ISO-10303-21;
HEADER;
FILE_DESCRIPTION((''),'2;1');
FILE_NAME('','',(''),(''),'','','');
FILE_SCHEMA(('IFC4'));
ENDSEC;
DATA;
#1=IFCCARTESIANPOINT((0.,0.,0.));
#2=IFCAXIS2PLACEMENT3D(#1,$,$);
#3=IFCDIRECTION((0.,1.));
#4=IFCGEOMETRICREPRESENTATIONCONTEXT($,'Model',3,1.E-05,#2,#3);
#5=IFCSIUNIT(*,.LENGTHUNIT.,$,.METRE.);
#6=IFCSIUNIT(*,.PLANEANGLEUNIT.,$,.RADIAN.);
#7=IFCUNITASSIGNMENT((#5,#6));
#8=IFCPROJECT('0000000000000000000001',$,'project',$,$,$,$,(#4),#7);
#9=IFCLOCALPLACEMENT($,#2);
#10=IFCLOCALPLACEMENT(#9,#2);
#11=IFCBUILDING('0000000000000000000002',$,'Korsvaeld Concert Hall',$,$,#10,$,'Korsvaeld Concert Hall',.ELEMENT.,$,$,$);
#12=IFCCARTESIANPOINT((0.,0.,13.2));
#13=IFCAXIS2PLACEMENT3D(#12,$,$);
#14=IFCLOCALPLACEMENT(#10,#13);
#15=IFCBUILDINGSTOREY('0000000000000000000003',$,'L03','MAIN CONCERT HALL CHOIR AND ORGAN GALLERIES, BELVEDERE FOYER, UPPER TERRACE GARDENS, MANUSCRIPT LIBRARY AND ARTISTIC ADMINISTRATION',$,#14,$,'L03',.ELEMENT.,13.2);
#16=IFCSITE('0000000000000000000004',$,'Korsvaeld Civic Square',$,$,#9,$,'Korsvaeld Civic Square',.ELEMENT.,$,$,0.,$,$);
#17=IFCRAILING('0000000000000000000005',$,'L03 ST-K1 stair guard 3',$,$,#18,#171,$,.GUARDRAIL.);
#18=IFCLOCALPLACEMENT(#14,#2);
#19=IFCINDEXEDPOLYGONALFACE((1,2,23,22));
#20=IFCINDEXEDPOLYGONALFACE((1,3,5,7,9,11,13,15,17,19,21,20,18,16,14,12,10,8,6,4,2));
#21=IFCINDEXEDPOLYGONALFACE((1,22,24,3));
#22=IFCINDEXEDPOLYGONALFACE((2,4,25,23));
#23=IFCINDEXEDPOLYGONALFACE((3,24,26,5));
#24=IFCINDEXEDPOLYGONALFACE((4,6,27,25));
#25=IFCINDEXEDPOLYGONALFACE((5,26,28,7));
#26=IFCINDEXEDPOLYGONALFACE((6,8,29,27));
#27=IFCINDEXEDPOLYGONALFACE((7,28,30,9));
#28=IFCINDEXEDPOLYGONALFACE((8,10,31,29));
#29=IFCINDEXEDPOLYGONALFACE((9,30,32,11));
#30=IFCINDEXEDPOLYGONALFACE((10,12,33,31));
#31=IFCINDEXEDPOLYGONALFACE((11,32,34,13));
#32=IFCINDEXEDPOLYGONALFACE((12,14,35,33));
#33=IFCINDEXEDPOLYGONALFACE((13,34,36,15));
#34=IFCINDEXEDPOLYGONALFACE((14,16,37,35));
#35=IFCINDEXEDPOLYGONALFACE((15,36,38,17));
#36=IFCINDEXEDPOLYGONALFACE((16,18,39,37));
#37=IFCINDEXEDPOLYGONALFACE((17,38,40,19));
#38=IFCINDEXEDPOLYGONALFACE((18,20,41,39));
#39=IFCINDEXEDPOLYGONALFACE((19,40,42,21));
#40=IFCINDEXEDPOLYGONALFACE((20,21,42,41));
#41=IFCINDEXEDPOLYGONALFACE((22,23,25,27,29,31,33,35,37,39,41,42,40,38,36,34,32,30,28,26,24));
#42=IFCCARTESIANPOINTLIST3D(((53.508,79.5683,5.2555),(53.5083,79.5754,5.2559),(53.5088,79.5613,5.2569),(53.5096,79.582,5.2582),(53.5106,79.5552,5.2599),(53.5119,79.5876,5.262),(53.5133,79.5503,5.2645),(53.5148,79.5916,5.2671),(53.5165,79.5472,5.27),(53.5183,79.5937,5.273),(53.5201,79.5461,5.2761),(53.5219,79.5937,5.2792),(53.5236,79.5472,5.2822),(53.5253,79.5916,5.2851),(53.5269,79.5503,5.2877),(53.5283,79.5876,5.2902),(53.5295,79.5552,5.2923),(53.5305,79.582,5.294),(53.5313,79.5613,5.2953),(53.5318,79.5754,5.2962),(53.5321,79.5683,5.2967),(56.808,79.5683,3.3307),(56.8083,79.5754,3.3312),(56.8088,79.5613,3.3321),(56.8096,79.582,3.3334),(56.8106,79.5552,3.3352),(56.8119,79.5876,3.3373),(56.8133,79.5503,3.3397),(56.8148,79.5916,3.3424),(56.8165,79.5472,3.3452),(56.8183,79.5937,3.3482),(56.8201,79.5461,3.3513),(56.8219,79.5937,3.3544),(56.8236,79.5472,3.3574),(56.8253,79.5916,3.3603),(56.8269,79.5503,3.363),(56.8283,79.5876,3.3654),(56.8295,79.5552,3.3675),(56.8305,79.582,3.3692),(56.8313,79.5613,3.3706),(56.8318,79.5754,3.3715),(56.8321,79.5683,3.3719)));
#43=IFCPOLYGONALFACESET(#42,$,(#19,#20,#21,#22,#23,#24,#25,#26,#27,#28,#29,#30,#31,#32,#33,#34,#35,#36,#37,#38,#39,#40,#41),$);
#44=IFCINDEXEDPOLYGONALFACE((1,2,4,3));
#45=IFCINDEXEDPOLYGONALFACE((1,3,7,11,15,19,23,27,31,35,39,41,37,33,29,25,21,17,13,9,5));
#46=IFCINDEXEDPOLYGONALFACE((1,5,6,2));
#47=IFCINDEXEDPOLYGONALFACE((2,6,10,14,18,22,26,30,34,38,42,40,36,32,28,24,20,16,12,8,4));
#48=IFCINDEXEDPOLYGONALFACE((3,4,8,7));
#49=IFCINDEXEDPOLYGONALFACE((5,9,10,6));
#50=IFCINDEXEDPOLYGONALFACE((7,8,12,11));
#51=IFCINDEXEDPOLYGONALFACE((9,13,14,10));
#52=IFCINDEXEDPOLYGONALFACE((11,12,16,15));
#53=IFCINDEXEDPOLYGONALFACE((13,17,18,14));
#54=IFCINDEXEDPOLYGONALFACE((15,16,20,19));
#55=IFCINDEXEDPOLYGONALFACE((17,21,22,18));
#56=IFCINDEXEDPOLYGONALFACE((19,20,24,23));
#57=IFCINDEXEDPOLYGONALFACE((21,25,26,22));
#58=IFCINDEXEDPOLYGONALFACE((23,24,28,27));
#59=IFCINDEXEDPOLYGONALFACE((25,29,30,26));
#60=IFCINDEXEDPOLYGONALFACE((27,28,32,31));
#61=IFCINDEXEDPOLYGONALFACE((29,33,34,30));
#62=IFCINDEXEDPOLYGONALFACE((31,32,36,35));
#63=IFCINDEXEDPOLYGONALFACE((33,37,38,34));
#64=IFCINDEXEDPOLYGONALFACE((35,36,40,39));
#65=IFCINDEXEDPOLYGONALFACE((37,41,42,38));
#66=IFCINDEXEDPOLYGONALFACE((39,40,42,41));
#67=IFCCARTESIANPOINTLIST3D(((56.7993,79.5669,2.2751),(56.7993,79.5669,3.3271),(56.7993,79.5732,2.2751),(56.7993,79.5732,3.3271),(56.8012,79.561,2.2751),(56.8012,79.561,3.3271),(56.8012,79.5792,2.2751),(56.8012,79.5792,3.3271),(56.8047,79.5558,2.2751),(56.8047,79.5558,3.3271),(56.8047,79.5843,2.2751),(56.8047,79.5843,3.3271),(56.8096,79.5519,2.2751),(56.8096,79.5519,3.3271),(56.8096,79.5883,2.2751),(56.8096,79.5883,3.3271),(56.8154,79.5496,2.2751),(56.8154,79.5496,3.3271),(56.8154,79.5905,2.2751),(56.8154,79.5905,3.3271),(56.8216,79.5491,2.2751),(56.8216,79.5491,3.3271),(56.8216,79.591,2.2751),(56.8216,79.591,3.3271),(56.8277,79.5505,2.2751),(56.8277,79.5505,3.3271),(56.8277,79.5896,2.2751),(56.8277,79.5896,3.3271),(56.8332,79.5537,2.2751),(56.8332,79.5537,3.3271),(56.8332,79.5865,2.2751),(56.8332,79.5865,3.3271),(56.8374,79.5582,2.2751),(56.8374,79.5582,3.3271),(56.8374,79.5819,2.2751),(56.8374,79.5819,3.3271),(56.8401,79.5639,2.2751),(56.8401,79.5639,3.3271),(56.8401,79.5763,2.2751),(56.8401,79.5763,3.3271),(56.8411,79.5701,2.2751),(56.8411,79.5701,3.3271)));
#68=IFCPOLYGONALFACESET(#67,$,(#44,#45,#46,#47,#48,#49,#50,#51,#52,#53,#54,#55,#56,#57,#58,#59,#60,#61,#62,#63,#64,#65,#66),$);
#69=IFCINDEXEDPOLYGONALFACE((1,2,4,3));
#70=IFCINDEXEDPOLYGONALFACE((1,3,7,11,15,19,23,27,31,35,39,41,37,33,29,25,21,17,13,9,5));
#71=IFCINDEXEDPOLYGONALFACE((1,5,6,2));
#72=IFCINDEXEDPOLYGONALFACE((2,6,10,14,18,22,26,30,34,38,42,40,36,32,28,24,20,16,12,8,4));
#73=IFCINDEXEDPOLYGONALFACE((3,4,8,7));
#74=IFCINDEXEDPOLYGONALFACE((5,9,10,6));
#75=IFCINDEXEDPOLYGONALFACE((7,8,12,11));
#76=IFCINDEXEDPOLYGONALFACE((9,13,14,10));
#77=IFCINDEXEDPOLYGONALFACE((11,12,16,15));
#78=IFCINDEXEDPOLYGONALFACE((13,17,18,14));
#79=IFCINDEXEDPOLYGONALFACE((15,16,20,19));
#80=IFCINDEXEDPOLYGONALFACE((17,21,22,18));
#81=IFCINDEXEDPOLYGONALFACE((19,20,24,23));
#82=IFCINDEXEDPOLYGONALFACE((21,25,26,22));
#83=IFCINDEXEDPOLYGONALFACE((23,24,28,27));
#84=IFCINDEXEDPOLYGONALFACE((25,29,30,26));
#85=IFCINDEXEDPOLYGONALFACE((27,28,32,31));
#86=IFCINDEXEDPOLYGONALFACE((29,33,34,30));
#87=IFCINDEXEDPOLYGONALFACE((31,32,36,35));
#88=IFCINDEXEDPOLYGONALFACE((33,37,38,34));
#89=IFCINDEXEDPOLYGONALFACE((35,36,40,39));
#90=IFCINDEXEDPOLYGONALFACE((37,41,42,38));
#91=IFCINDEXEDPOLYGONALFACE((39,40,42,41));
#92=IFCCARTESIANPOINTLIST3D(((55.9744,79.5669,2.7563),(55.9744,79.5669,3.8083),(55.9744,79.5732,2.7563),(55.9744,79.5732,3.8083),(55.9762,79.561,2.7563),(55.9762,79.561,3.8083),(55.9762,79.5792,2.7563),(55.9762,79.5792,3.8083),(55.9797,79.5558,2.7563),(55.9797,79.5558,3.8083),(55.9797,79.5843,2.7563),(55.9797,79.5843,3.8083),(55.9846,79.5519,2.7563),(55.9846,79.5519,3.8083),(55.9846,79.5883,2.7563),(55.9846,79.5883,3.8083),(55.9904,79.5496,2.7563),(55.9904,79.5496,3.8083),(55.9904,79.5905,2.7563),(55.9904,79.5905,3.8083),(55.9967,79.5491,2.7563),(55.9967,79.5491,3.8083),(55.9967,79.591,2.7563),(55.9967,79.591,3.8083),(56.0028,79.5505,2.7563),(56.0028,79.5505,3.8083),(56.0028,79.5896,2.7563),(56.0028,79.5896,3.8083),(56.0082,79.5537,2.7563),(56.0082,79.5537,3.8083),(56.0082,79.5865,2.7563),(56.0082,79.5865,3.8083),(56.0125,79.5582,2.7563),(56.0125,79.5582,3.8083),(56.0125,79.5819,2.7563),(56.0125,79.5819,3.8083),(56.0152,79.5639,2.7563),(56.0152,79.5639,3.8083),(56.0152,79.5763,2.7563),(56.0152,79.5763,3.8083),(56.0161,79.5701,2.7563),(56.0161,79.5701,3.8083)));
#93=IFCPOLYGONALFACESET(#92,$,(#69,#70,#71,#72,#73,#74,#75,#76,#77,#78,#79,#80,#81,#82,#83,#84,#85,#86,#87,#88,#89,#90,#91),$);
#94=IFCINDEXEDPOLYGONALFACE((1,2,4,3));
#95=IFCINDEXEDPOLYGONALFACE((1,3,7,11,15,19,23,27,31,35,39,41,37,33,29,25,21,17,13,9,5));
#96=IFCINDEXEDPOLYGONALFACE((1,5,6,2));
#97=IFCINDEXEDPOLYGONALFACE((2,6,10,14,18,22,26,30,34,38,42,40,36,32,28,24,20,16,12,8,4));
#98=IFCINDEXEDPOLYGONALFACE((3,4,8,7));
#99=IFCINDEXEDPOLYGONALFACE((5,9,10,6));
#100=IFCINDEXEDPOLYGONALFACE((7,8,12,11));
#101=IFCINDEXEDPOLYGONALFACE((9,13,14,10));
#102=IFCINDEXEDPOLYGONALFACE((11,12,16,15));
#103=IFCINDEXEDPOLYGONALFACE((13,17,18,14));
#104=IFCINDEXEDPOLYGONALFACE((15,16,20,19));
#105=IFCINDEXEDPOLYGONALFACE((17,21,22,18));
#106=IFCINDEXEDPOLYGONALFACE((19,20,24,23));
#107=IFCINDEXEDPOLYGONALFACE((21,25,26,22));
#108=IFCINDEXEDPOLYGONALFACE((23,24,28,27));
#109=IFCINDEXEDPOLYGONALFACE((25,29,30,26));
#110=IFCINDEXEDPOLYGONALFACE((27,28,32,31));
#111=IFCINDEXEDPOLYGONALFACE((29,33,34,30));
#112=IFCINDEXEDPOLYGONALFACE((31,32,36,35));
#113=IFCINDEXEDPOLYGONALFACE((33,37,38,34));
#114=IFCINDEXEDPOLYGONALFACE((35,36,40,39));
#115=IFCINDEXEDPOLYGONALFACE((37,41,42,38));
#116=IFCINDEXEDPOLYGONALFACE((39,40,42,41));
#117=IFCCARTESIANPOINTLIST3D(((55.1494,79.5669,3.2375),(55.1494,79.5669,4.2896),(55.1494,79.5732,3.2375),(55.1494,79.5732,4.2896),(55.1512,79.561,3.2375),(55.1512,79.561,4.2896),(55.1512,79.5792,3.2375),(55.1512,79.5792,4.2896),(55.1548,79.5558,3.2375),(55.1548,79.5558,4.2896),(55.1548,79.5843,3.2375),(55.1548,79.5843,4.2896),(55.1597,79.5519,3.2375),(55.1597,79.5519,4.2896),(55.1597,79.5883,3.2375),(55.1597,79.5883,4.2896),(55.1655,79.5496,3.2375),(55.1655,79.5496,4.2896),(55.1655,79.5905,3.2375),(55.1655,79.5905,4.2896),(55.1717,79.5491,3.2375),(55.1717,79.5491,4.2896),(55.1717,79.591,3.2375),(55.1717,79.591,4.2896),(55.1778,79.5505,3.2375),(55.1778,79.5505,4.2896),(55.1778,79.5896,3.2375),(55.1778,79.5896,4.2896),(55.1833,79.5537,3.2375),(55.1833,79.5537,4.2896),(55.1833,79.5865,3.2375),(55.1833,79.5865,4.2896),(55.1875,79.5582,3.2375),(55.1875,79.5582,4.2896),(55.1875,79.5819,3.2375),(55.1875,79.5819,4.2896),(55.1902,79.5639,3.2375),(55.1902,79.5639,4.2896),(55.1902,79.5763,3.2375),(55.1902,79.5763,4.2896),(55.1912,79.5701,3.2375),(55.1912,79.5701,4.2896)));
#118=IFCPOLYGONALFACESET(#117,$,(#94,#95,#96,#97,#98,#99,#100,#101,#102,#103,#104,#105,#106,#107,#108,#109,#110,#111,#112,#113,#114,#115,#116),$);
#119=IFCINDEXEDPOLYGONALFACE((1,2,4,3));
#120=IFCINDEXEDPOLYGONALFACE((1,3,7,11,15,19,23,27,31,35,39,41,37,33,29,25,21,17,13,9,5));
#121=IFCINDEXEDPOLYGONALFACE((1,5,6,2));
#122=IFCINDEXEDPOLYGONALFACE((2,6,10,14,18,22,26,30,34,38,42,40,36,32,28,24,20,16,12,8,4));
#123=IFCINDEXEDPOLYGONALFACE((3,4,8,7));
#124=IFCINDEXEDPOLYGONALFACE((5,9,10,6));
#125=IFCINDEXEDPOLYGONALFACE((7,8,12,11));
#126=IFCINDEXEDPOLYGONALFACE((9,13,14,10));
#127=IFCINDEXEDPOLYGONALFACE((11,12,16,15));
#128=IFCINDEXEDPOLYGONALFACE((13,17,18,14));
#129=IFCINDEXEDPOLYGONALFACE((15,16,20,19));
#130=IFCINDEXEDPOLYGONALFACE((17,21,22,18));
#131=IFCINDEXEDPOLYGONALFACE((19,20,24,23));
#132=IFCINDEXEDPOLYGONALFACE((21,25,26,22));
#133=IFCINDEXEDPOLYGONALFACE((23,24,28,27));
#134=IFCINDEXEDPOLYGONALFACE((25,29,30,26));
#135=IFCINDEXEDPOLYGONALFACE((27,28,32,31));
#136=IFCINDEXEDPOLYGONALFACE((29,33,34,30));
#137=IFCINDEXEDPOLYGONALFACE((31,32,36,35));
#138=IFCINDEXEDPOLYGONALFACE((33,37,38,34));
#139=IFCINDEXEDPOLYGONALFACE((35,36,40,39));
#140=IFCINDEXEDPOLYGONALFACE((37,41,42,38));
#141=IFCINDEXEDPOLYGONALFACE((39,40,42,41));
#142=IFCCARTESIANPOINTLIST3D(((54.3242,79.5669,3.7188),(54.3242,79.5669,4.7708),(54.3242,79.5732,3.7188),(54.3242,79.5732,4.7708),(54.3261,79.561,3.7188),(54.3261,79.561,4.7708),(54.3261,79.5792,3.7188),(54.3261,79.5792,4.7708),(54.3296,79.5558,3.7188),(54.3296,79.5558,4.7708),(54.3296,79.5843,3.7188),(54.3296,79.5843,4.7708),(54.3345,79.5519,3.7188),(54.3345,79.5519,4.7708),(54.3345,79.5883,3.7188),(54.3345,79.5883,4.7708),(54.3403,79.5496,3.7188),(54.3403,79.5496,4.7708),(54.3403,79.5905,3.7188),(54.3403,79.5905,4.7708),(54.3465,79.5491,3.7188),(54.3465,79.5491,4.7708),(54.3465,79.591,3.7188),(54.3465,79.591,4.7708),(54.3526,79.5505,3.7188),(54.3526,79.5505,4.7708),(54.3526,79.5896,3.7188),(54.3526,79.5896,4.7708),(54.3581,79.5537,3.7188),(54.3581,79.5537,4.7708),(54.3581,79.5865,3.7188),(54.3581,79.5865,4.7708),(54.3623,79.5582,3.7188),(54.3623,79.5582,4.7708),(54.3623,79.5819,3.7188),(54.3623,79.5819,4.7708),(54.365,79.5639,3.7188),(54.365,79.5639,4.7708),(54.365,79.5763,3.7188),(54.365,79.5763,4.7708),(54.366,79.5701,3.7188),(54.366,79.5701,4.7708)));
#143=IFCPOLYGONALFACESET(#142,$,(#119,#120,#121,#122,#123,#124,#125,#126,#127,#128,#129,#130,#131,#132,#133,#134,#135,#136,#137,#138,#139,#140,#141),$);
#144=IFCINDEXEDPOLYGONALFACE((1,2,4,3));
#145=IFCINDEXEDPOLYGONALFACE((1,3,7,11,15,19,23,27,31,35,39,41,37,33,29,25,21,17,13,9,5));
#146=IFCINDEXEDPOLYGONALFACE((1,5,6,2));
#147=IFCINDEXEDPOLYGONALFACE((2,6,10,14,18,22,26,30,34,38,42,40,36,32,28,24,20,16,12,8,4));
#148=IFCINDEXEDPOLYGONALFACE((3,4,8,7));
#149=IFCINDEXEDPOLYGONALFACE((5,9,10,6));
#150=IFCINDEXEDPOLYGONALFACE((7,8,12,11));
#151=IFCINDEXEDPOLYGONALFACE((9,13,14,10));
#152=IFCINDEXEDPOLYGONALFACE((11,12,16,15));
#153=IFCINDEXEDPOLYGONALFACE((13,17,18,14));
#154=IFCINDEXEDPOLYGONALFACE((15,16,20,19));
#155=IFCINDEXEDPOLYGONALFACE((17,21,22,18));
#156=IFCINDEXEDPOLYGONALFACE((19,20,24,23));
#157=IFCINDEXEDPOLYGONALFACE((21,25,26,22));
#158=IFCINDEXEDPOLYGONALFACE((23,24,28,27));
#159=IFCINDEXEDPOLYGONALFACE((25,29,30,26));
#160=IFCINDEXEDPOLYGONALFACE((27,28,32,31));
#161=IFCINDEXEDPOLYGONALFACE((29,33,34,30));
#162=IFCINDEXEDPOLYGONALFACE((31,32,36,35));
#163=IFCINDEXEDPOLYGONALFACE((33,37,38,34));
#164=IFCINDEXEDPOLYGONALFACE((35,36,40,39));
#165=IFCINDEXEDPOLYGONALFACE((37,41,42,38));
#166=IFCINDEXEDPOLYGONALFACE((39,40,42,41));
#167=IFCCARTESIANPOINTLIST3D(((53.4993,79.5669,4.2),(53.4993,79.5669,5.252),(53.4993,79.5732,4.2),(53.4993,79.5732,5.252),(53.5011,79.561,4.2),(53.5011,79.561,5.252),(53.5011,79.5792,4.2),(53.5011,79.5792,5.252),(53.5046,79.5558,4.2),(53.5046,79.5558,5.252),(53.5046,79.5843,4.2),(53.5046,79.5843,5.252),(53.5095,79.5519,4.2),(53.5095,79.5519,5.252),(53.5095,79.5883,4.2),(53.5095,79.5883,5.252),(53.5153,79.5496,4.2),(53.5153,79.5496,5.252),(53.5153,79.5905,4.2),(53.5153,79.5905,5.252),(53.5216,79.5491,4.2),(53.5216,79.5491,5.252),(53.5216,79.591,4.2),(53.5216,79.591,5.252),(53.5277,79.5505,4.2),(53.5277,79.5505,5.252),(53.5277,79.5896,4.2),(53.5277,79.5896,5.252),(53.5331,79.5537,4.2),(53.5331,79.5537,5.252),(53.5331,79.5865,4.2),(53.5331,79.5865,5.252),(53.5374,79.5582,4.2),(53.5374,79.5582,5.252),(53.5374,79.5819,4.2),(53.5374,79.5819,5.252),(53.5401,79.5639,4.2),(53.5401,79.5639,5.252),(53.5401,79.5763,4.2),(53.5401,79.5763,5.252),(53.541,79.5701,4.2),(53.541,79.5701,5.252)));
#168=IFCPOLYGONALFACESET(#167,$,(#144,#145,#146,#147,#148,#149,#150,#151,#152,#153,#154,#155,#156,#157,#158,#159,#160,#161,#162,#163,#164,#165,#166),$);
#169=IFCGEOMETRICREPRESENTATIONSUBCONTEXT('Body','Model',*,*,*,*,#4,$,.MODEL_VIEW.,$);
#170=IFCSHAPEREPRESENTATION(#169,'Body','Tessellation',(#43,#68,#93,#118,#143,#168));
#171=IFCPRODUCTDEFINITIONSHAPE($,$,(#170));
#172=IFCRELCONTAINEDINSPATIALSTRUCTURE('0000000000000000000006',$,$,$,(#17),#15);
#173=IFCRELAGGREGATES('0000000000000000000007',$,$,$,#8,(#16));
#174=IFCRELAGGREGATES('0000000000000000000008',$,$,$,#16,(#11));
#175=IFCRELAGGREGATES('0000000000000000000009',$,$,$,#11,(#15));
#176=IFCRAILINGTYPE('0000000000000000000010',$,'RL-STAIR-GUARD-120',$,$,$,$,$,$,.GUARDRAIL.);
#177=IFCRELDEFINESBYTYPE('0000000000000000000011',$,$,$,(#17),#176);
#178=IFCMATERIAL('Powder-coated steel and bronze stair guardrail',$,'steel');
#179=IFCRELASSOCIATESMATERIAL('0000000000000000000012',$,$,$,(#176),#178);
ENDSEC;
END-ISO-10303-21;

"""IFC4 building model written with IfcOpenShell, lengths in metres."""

from ifc_helpers import new_model, si_unit, direction, frame, origin, origin_2d, place, context, subcontext, project, spatial, circle, extrude, material, type_object, element, save


model = new_model("IFC4")

# Units and contexts
model_context = context("Model", 3, precision=1e-05, world=origin(), true_north=direction((0.0, 1.0)))
body_context = subcontext(model_context, "Body", "Model", "MODEL_VIEW")
ifc_project = project(units=[si_unit("LENGTHUNIT", "METRE"), si_unit("PLANEANGLEUNIT", "RADIAN")], contexts=[model_context])

# Site, building, storey
site_placement = place(None, origin())
site = spatial("IfcSite", under=ifc_project, at=site_placement, Name="Korsvaeld Civic Square", LongName="Korsvaeld Civic Square", CompositionType="ELEMENT", RefElevation=0.0)
building_placement = place(site_placement, origin())
building = spatial("IfcBuilding", under=site, at=building_placement, Name="Korsvaeld Concert Hall", LongName="Korsvaeld Concert Hall", CompositionType="ELEMENT")
storey_placement = place(building_placement, frame((0.0, 0.0, 13.2)))
storey = spatial("IfcBuildingStorey", under=building, at=storey_placement, Name="L03", Description="MAIN CONCERT HALL CHOIR AND ORGAN GALLERIES, BELVEDERE FOYER, UPPER TERRACE GARDENS, MANUSCRIPT LIBRARY AND ARTISTIC ADMINISTRATION", LongName="L03", CompositionType="ELEMENT", Elevation=13.2)

# Railing
ifc_material_1 = material(Name="Powder-coated steel and bronze stair guardrail", Category="steel")
railing_type_1 = type_object("IfcRailingType", Name="RL-STAIR-GUARD-120", PredefinedType="GUARDRAIL", material=ifc_material_1)
railing_1_placement = place(storey_placement, frame((56.8201, 79.5701, 2.2751)))
element("IfcRailing", 1, at=railing_1_placement, inside=storey, type_object=railing_type_1, Name="L03 ST-K1 stair guard 3", PredefinedType="GUARDRAIL", context=body_context, shape_type="SweptSolid", body=[
    extrude(circle(Radius=0.0239, at=origin_2d()), frame((0.0, 0.0, 1.0762), z_axis=(-0.863804, 0.0, 0.503827), x_axis=(0.0, -1.0, 0.0)), (0.0, 0.0, 1.0), 3.8203),
    extrude(circle(Radius=0.021, at=origin_2d()), origin(), (0.0, 0.0, 1.0), 1.052),
    extrude(circle(Radius=0.021, at=origin_2d()), frame((-0.825, 0.0, 0.4812)), (0.0, 0.0, 1.0), 1.052),
    extrude(circle(Radius=0.021, at=origin_2d()), frame((-1.6499, 0.0, 0.9624)), (0.0, 0.0, 1.0), 1.052),
    extrude(circle(Radius=0.021, at=origin_2d()), frame((-2.4751, 0.0, 1.4436)), (0.0, 0.0, 1.0), 1.052),
    extrude(circle(Radius=0.021, at=origin_2d()), frame((-3.3, 0.0, 1.9248)), (0.0, 0.0, 1.0), 1.052),
])

save(model, "model.ifc")
